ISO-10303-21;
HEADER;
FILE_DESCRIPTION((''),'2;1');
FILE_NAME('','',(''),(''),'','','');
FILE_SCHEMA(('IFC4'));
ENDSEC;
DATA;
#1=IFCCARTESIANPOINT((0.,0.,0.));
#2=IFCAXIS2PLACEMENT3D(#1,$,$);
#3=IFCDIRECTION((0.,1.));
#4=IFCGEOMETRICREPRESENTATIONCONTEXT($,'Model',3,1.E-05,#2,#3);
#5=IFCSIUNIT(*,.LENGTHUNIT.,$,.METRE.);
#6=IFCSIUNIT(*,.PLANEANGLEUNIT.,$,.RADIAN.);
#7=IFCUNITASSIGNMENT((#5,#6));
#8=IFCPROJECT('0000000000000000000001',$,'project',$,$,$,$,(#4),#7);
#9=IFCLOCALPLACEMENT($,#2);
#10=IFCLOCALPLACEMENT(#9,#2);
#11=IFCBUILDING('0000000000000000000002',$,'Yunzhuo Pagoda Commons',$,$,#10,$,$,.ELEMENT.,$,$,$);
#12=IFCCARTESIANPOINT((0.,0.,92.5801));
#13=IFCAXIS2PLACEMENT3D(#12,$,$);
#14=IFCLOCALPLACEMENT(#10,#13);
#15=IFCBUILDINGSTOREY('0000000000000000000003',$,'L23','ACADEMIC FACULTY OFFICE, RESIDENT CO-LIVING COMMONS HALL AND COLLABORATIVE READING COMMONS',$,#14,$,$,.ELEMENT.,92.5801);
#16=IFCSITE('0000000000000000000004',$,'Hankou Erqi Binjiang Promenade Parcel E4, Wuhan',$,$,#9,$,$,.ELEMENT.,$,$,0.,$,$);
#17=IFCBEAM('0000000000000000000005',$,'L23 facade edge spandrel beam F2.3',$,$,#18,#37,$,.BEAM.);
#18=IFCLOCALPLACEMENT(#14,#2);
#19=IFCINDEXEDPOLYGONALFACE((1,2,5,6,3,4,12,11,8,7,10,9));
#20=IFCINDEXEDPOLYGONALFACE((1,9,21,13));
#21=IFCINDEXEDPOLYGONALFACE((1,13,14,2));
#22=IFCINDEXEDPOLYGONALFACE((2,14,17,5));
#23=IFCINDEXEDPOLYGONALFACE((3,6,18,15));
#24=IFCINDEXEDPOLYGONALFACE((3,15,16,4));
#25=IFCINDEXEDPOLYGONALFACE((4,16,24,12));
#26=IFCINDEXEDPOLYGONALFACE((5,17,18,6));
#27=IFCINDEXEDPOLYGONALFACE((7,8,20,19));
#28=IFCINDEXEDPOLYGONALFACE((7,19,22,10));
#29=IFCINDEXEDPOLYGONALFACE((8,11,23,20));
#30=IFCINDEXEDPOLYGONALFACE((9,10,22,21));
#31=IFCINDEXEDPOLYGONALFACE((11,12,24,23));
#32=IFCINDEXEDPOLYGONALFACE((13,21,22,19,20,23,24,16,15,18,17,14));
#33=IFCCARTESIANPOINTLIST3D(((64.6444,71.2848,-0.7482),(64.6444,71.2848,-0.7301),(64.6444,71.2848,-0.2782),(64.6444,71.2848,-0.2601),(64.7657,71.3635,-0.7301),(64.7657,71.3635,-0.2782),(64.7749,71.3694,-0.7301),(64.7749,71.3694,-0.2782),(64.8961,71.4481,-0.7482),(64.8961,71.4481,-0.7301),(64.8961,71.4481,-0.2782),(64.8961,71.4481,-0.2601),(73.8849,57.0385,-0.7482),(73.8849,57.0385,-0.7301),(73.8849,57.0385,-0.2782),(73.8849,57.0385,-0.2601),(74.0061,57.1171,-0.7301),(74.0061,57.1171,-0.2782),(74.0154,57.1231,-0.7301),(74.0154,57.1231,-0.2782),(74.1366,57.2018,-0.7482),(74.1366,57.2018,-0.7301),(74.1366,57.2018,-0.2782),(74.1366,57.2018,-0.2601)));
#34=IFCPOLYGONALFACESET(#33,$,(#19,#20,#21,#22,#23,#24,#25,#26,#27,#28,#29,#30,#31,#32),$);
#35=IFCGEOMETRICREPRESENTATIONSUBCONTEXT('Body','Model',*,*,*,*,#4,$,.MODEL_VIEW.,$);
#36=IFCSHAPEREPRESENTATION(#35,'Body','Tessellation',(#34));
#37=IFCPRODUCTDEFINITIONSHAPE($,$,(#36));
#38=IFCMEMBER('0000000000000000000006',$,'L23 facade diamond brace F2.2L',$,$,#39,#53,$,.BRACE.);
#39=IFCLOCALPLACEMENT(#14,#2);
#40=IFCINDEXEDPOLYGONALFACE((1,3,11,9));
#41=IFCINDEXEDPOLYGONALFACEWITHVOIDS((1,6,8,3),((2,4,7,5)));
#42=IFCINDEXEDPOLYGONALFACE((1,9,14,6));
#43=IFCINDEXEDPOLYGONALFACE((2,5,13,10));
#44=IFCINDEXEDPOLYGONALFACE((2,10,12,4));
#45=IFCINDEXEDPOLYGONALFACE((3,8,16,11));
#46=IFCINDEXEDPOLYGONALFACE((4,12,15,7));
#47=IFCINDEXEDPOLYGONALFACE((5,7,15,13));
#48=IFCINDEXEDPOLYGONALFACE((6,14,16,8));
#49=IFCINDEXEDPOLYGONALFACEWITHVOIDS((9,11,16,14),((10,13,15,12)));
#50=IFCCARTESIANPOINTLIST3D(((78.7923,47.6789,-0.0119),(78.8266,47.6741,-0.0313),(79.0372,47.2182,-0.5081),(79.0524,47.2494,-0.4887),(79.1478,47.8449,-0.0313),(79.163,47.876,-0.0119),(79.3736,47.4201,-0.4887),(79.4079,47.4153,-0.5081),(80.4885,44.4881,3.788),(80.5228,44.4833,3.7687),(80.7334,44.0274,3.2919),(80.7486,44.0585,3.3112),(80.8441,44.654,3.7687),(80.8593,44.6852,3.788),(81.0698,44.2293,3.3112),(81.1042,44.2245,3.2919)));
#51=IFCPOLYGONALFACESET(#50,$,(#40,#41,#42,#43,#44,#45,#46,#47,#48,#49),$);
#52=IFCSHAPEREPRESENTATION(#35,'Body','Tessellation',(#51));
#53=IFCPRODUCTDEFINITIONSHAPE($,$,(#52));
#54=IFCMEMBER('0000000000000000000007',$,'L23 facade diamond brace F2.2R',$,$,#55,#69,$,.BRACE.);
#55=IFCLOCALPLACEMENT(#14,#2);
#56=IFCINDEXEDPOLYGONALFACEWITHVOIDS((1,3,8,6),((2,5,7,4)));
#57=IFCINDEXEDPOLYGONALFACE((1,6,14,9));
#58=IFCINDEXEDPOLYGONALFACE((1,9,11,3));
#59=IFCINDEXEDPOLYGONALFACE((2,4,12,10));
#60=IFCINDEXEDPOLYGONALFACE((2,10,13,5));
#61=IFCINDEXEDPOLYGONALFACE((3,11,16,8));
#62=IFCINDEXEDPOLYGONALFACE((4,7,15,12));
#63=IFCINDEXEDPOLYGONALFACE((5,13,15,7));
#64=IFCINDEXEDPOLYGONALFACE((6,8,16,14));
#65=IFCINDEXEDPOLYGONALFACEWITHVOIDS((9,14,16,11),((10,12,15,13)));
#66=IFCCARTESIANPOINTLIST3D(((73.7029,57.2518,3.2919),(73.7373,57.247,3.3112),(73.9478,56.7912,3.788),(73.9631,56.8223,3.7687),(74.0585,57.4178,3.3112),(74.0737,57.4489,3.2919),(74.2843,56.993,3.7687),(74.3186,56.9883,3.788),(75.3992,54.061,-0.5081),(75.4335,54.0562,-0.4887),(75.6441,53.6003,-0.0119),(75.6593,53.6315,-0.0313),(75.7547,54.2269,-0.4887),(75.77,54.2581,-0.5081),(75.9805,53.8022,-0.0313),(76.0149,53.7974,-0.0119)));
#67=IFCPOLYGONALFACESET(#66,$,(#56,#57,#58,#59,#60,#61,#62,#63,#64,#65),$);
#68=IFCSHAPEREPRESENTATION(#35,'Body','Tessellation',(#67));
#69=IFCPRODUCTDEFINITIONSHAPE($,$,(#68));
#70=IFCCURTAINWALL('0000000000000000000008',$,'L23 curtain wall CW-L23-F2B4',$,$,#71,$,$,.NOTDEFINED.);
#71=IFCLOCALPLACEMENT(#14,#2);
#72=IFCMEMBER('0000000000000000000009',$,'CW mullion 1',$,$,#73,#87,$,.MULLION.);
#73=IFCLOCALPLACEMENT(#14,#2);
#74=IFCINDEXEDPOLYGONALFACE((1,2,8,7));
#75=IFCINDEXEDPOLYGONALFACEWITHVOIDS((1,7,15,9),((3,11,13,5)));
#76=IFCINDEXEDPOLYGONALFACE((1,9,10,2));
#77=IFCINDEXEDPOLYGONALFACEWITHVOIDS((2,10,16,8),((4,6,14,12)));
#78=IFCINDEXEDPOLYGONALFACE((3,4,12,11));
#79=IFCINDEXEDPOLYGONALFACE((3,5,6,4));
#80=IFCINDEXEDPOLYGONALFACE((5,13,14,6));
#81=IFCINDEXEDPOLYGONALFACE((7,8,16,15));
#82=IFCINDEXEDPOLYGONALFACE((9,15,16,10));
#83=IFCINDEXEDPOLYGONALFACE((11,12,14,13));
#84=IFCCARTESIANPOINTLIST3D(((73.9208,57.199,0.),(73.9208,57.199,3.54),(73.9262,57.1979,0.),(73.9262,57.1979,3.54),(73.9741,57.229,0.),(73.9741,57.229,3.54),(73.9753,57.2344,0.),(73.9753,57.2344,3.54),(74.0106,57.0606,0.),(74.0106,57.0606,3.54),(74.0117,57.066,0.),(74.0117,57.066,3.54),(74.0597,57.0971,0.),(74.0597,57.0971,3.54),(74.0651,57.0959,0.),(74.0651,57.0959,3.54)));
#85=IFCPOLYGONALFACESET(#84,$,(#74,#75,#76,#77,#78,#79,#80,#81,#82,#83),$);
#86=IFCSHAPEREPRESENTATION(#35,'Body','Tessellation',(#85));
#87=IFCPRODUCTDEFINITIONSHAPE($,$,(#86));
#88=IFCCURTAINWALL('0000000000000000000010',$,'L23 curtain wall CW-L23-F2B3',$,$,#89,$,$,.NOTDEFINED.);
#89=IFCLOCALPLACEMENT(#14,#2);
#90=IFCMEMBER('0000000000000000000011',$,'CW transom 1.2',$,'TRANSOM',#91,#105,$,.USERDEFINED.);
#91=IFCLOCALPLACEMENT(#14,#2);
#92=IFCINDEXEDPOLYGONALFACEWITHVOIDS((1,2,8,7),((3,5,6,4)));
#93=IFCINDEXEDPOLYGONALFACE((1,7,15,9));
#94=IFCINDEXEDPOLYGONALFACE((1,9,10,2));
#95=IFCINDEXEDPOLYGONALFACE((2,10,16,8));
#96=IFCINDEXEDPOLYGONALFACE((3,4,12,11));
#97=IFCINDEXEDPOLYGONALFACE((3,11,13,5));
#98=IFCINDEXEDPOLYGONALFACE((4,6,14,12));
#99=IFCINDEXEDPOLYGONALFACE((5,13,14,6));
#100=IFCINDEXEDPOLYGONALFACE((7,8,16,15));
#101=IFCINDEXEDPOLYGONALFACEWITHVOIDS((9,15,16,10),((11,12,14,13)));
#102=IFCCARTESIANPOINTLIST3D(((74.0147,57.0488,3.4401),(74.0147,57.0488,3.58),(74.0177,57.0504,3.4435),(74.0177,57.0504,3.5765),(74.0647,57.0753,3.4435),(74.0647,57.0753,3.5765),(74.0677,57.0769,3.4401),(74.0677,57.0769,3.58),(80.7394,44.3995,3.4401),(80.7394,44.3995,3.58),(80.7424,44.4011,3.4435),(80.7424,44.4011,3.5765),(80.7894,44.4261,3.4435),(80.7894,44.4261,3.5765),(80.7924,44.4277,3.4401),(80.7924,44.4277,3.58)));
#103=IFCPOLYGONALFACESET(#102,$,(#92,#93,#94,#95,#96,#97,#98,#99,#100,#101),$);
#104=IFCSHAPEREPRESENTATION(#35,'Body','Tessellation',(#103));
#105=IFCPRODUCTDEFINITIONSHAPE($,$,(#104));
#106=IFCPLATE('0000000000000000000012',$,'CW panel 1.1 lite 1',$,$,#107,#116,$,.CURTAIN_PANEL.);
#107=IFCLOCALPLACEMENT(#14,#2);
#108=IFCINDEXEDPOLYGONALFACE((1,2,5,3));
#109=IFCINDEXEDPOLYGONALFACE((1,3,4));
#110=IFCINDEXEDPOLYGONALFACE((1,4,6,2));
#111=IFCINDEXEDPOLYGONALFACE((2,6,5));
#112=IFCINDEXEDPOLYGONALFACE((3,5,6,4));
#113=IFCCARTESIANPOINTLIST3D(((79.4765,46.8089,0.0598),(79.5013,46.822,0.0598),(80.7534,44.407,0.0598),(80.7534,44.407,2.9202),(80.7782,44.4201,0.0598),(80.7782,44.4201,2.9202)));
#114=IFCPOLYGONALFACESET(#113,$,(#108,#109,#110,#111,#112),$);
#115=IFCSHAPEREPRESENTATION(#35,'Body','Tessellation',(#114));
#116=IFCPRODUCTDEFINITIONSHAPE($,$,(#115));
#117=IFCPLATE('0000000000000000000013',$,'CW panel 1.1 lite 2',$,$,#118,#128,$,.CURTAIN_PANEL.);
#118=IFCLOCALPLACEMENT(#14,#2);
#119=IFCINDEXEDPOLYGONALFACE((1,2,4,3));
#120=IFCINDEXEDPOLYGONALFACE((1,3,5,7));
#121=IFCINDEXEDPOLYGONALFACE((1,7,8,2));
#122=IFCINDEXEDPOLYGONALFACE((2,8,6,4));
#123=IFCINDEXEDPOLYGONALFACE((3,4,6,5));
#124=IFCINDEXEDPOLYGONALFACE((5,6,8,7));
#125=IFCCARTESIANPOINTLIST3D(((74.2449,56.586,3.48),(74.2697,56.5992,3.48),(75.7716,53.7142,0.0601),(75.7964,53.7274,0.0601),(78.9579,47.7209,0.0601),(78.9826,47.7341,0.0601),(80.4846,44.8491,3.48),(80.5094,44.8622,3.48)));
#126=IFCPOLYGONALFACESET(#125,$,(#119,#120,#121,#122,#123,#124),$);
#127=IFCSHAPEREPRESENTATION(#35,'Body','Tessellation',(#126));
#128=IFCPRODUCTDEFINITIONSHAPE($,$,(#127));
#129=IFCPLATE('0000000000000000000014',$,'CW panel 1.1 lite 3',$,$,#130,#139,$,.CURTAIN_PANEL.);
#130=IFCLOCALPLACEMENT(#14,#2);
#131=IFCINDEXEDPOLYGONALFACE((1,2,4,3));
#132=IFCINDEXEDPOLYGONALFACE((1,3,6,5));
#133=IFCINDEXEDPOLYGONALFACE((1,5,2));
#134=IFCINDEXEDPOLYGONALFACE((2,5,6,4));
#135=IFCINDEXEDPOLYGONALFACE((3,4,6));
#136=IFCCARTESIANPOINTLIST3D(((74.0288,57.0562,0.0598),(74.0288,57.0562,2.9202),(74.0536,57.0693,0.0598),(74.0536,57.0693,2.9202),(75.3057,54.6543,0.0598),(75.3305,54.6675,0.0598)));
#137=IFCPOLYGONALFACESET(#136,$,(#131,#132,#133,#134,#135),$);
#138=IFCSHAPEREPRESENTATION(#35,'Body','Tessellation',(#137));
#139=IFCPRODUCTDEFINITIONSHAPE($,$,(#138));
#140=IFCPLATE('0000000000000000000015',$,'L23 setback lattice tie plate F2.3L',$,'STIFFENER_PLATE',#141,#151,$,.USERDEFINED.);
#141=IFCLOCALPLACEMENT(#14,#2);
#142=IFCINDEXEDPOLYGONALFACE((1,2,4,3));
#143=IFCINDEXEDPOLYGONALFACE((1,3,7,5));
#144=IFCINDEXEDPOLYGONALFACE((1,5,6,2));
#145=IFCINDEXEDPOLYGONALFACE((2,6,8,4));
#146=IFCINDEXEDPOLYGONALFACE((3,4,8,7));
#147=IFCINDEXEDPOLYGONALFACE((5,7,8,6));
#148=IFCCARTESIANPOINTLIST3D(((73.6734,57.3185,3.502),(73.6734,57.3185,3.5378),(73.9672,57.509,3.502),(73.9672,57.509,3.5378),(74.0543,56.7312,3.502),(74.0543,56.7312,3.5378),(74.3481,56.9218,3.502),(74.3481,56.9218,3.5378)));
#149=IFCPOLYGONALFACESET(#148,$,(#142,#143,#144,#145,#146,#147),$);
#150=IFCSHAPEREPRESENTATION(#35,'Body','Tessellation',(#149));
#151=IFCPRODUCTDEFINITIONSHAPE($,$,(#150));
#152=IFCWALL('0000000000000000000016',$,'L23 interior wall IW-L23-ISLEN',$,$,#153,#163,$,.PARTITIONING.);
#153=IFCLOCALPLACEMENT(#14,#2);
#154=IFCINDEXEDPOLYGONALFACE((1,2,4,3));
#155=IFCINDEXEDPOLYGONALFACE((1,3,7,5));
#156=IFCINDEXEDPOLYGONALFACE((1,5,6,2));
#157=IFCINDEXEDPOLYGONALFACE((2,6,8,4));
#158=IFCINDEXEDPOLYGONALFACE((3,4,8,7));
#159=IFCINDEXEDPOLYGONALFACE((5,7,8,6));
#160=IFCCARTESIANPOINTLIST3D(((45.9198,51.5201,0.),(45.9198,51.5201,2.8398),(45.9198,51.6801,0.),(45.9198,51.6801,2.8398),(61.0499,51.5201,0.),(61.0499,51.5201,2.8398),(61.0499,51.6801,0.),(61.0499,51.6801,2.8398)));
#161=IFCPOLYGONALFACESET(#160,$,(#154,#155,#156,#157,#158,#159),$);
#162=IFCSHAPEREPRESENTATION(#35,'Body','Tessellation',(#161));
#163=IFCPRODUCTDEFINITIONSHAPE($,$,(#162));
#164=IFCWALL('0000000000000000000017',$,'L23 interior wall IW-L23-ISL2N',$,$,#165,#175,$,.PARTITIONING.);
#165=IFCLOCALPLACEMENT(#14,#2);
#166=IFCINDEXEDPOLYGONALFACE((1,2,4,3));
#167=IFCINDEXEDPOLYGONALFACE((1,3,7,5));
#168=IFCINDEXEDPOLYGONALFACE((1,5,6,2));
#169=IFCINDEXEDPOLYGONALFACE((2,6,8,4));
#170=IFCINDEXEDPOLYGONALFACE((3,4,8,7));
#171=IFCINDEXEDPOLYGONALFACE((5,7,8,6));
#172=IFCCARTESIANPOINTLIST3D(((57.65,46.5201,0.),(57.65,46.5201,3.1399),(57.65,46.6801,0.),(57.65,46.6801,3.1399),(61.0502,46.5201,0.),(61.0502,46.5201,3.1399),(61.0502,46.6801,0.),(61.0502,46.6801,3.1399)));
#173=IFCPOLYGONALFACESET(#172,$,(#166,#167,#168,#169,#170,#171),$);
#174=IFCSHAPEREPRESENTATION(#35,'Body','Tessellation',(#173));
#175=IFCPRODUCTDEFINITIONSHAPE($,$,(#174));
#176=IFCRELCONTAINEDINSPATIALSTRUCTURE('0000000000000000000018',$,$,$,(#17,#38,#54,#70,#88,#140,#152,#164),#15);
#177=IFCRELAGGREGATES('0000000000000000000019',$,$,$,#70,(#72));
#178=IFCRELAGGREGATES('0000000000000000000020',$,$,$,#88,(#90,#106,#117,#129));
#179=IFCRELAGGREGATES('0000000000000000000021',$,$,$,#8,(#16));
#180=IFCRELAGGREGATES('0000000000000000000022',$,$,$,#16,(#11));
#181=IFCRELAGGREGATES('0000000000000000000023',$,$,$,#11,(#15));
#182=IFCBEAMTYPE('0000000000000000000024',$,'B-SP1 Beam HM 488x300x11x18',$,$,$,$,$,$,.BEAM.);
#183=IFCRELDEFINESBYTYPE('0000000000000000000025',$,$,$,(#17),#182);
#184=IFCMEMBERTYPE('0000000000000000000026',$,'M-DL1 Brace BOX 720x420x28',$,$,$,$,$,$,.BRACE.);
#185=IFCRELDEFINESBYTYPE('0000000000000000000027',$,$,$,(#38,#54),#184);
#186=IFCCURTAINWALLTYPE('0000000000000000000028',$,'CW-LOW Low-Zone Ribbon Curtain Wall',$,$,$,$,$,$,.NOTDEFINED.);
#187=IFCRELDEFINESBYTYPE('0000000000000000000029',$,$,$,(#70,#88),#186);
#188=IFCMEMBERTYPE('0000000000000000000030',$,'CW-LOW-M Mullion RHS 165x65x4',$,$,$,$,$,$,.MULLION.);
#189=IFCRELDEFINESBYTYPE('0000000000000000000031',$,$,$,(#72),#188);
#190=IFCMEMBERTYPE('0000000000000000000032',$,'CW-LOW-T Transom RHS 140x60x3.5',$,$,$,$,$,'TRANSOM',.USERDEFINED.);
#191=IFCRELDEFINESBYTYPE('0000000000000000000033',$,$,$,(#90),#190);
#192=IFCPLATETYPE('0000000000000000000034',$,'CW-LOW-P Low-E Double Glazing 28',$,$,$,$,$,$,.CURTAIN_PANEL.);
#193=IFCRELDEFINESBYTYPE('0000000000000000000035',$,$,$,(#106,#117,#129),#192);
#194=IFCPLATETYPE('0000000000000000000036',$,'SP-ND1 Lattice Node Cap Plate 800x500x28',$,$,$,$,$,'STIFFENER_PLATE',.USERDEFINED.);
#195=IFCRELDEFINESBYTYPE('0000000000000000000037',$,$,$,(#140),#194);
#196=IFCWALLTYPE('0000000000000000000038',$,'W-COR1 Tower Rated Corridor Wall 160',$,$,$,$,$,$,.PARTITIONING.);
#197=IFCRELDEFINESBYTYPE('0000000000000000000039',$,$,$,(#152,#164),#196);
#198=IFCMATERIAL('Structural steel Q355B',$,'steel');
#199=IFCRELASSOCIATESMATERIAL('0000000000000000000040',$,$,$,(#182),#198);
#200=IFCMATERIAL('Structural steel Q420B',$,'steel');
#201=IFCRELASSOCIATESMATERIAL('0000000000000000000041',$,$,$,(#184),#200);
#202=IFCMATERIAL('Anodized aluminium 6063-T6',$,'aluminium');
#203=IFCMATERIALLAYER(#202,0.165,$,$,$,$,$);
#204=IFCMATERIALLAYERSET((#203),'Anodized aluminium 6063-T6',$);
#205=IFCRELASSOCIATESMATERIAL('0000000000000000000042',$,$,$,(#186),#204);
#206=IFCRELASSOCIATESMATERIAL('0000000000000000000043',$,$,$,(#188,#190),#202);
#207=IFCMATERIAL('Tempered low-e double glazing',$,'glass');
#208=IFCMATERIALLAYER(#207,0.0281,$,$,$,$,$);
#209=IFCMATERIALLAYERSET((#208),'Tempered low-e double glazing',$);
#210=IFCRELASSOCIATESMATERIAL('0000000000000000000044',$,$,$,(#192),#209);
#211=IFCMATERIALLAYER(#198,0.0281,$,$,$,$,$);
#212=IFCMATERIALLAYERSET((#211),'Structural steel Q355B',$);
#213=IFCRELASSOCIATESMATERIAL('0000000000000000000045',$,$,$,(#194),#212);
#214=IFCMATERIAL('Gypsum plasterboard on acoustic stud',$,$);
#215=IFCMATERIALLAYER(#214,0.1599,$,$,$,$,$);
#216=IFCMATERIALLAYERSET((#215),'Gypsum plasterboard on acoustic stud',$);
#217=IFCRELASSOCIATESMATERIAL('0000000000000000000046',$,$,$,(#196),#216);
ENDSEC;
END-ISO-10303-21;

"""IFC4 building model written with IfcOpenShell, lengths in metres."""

from ifc_helpers import new_model, si_unit, direction, frame, frame_2d, origin, origin_2d, place, context, subcontext, project, spatial, polyline, rectangle, hollow_rectangle, i_section, outline, extrude, source, transform, mapped, material, layer, layer_set, material_profile, profile_set, type_object, element, aggregate, save


model = new_model("IFC4")

# Units and contexts
model_context = context("Model", 3, precision=1e-05, world=origin(), true_north=direction((0.0, 1.0)))
body_context = subcontext(model_context, "Body", "Model", "MODEL_VIEW")
ifc_project = project(units=[si_unit("LENGTHUNIT", "METRE"), si_unit("PLANEANGLEUNIT", "RADIAN")], contexts=[model_context])

# Site, building, storey
site_placement = place(None, origin())
site = spatial("IfcSite", under=ifc_project, at=site_placement, Name="Hankou Erqi Binjiang Promenade Parcel E4, Wuhan", CompositionType="ELEMENT", RefElevation=0.0)
building_placement = place(site_placement, origin())
building = spatial("IfcBuilding", under=site, at=building_placement, Name="Yunzhuo Pagoda Commons", CompositionType="ELEMENT")
storey_placement = place(building_placement, frame((0.0, 0.0, 92.5801)))
storey = spatial("IfcBuildingStorey", under=building, at=storey_placement, Name="L23", Description="ACADEMIC FACULTY OFFICE, RESIDENT CO-LIVING COMMONS HALL AND COLLABORATIVE READING COMMONS", CompositionType="ELEMENT", Elevation=92.5801)

# Shared definitions
ifc_material_1 = material(Name="Structural steel Q420B", Category="steel")

# Beam
ifc_material_2 = material(Name="Structural steel Q355B", Category="steel")
ifc_material_profile_1 = material_profile(ifc_material_2, i_section(OverallWidth=0.3, OverallDepth=0.488, WebThickness=0.011, FlangeThickness=0.0181, at=origin_2d()), Name="Structural steel Q355B")
ifc_profile_set_1 = profile_set([ifc_material_profile_1], Name="Structural steel Q355B")
beam_type_1 = type_object("IfcBeamType", Name="B-SP1 Beam HM 488x300x11x18", PredefinedType="BEAM", material=ifc_profile_set_1)
shared_shape_1 = source(origin(), body_context, "Body", "SweptSolid", [
    extrude(i_section(OverallWidth=0.3, OverallDepth=0.488, WebThickness=0.011, FlangeThickness=0.0181, at=origin_2d()), origin(), (0.0, 0.0, 1.0), 16.9807),
])
beam_1_placement = place(storey_placement, frame((74.0107, 57.1201, -0.5042), z_axis=(-0.544175, 0.838972, 0.0), x_axis=(-0.838972, -0.544175, 0.0)))
element("IfcBeam", 1, at=beam_1_placement, inside=storey, type_object=beam_type_1, Name="L23 facade edge spandrel beam F2.3", PredefinedType="BEAM", context=body_context, shape_type="MappedRepresentation", body=[
    mapped(shared_shape_1, transform((0.0, 0.0, 0.0), scale=1.0)),
])

# Members
ifc_material_profile_2 = material_profile(ifc_material_1, hollow_rectangle(XDim=0.4199, YDim=0.72, WallThickness=0.0281, at=origin_2d()), Name="Structural steel Q420B")
ifc_profile_set_2 = profile_set([ifc_material_profile_2], Name="Structural steel Q420B")
member_type_1 = type_object("IfcMemberType", Name="M-DL1 Brace BOX 720x420x28", PredefinedType="BRACE", material=ifc_profile_set_2)
shared_shape_2 = source(origin(), body_context, "Body", "SweptSolid", [
    extrude(hollow_rectangle(XDim=0.4199, YDim=0.72, WallThickness=0.0281, at=origin_2d()), origin(), (0.0, 0.0, 1.0), 5.2439),
])
for number, where, z_axis, x_axis, name in (
    (2, (79.1001, 47.5471, -0.26), (0.323471, -0.608487, 0.724645), (0.882988, 0.469396, 0.0), "L23 facade diamond brace F2.2L"),
    (3, (75.707, 53.9292, -0.26), (-0.323471, 0.608487, 0.724645), (-0.882988, -0.469396, 0.0), "L23 facade diamond brace F2.2R"),
):
    element("IfcMember", number, at=place(storey_placement, frame(where, z_axis=z_axis, x_axis=x_axis)), inside=storey, type_object=member_type_1, Name=name, PredefinedType="BRACE", context=body_context, shape_type="MappedRepresentation", body=[
        mapped(shared_shape_2, transform((0.0, 0.0, 0.0), scale=1.0)),
    ])

# Curtain wall, member
ifc_material_3 = material(Name="Anodized aluminium 6063-T6", Category="aluminium")
ifc_layer_1 = layer(ifc_material_3, 0.165)
ifc_layer_set_1 = layer_set([ifc_layer_1], Name="Anodized aluminium 6063-T6")
curtain_wall_type = type_object("IfcCurtainWallType", Name="CW-LOW Low-Zone Ribbon Curtain Wall", PredefinedType="NOTDEFINED", material=ifc_layer_set_1)
curtain_wall_1_placement = place(storey_placement, origin())
curtain_wall_1 = element("IfcCurtainWall", 4, at=curtain_wall_1_placement, inside=storey, type_object=curtain_wall_type, Name="L23 curtain wall CW-L23-F2B4", PredefinedType="NOTDEFINED")
ifc_material_profile_3 = material_profile(ifc_material_3, hollow_rectangle(XDim=0.0649, YDim=0.165, WallThickness=0.0039, at=origin_2d()), Name="Anodized aluminium 6063-T6")
ifc_profile_set_3 = profile_set([ifc_material_profile_3], Name="Anodized aluminium 6063-T6")
member_type_2 = type_object("IfcMemberType", Name="CW-LOW-M Mullion RHS 165x65x4", PredefinedType="MULLION", material=ifc_profile_set_3)
shared_shape_3 = source(origin(), body_context, "Body", "SweptSolid", [
    extrude(hollow_rectangle(XDim=0.0649, YDim=0.165, WallThickness=0.0039, at=origin_2d()), origin(), (0.0, 0.0, 1.0), 3.54),
])
member_1_placement = place(storey_placement, frame((73.9929, 57.1475, 0.0), z_axis=(0.0, 0.0, 1.0), x_axis=(-0.838972, -0.544174, 0.0)))
member_1 = element("IfcMember", 5, at=member_1_placement, type_object=member_type_2, Name="CW mullion 1", PredefinedType="MULLION", context=body_context, shape_type="MappedRepresentation", body=[
    mapped(shared_shape_3, transform((0.0, 0.0, 0.0), scale=1.0)),
])
aggregate(curtain_wall_1, [member_1])

# Curtain wall, member, plates
curtain_wall_2_placement = place(storey_placement, origin())
curtain_wall_2 = element("IfcCurtainWall", 6, at=curtain_wall_2_placement, inside=storey, type_object=curtain_wall_type, Name="L23 curtain wall CW-L23-F2B3", PredefinedType="NOTDEFINED")
ifc_material_profile_4 = material_profile(ifc_material_3, hollow_rectangle(XDim=0.0601, YDim=0.1399, WallThickness=0.0034, at=origin_2d()), Name="Anodized aluminium 6063-T6")
ifc_profile_set_4 = profile_set([ifc_material_profile_4], Name="Anodized aluminium 6063-T6")
member_type_3 = type_object("IfcMemberType", Name="CW-LOW-T Transom RHS 140x60x3.5", ElementType="TRANSOM", PredefinedType="USERDEFINED", material=ifc_profile_set_4)
shared_shape_4 = source(origin(), body_context, "Body", "SweptSolid", [
    extrude(hollow_rectangle(XDim=0.0601, YDim=0.1399, WallThickness=0.0034, at=origin_2d()), origin(), (0.0, 0.0, 1.0), 14.3257),
])
member_2_placement = place(storey_placement, frame((80.7659, 44.4136, 3.51), z_axis=(-0.469413, 0.882979, 0.0), x_axis=(-0.882979, -0.469413, 0.0)))
member_2 = element("IfcMember", 7, at=member_2_placement, type_object=member_type_3, Name="CW transom 1.2", ObjectType="TRANSOM", PredefinedType="USERDEFINED", context=body_context, shape_type="MappedRepresentation", body=[
    mapped(shared_shape_4, transform((0.0, 0.0, 0.0), scale=1.0)),
])
ifc_material_4 = material(Name="Tempered low-e double glazing", Category="glass")
ifc_layer_2 = layer(ifc_material_4, 0.0281)
ifc_layer_set_2 = layer_set([ifc_layer_2], Name="Tempered low-e double glazing")
plate_type_1 = type_object("IfcPlateType", Name="CW-LOW-P Low-E Double Glazing 28", PredefinedType="CURTAIN_PANEL", material=ifc_layer_set_2)
plate_1_placement = place(storey_placement, frame((80.115, 45.6079, 1.49), z_axis=(0.882976, 0.469418, 0.0), x_axis=(-0.469418, 0.882976, 0.0)))
plate_1 = element("IfcPlate", 8, at=plate_1_placement, type_object=plate_type_1, Name="CW panel 1.1 lite 1", PredefinedType="CURTAIN_PANEL", context=body_context, shape_type="SweptSolid", body=[
    extrude(outline(polyline([(-1.3601, -1.4302), (1.3601, -1.4302), (-1.3601, 1.4302), (-1.3601, -1.4302)])), origin(), (0.0, 0.0, 1.0), 0.0281),
])
plate_2_placement = place(storey_placement, frame((77.3647, 50.7175, 1.77), z_axis=(0.882976, 0.469418, 0.0), x_axis=(-0.469418, 0.882976, 0.0)))
plate_2 = element("IfcPlate", 9, at=plate_2_placement, type_object=plate_type_1, Name="CW panel 1.1 lite 2", PredefinedType="CURTAIN_PANEL", context=body_context, shape_type="SweptSolid", body=[
    extrude(outline(polyline([(-6.6462, 1.71), (-3.3938, -1.71), (3.3938, -1.71), (6.6462, 1.71), (-6.6462, 1.71)])), origin(), (0.0, 0.0, 1.0), 0.0281),
])
plate_3_placement = place(storey_placement, frame((74.6672, 55.8552, 1.49), z_axis=(0.882976, 0.469418, 0.0), x_axis=(-0.469418, 0.882976, 0.0)))
plate_3 = element("IfcPlate", 10, at=plate_3_placement, type_object=plate_type_1, Name="CW panel 1.1 lite 3", PredefinedType="CURTAIN_PANEL", context=body_context, shape_type="SweptSolid", body=[
    extrude(outline(polyline([(-1.3601, -1.4302), (1.3601, -1.4302), (1.3601, 1.4302), (-1.3601, -1.4302)])), origin(), (0.0, 0.0, 1.0), 0.0281),
])
aggregate(curtain_wall_2, [member_2, plate_1, plate_2, plate_3])

# Plate
ifc_layer_3 = layer(ifc_material_2, 0.0281)
ifc_layer_set_3 = layer_set([ifc_layer_3], Name="Structural steel Q355B")
plate_type_2 = type_object("IfcPlateType", Name="SP-ND1 Lattice Node Cap Plate 800x500x28", ElementType="STIFFENER_PLATE", PredefinedType="USERDEFINED", material=ifc_layer_set_3)
shared_shape_5 = source(origin(), body_context, "Body", "SweptSolid", [
    extrude(rectangle(XDim=0.7, YDim=0.3501, at=origin_2d()), origin(), (0.0, 0.0, 1.0), 0.0359),
])
plate_4_placement = place(storey_placement, frame((74.0107, 57.1201, 3.502), z_axis=(0.0, 0.0, 1.0), x_axis=(-0.544171, 0.838975, 0.0)))
element("IfcPlate", 11, at=plate_4_placement, inside=storey, type_object=plate_type_2, Name="L23 setback lattice tie plate F2.3L", ObjectType="STIFFENER_PLATE", PredefinedType="USERDEFINED", context=body_context, shape_type="MappedRepresentation", body=[
    mapped(shared_shape_5, transform((0.0, 0.0, 0.0), scale=1.0)),
])

# Walls
ifc_material_5 = material(Name="Gypsum plasterboard on acoustic stud")
ifc_layer_4 = layer(ifc_material_5, 0.1599)
ifc_layer_set_4 = layer_set([ifc_layer_4], Name="Gypsum plasterboard on acoustic stud")
wall_type_1 = type_object("IfcWallType", Name="W-COR1 Tower Rated Corridor Wall 160", PredefinedType="PARTITIONING", material=ifc_layer_set_4)
wall_1_placement = place(storey_placement, frame((45.9199, 51.6001, 0.0), z_axis=(0.0, 0.0, 1.0), x_axis=(1.0, 0.0, 0.0)))
element("IfcWall", 12, at=wall_1_placement, inside=storey, type_object=wall_type_1, Name="L23 interior wall IW-L23-ISLEN", PredefinedType="PARTITIONING", context=body_context, shape_type="SweptSolid", body=[
    extrude(rectangle(XDim=15.1301, YDim=0.1599, at=frame_2d((7.5649, 0.0))), origin(), (0.0, 0.0, 1.0), 2.8398),
])
wall_2_placement = place(storey_placement, frame((57.6499, 46.6001, 0.0), z_axis=(0.0, 0.0, 1.0), x_axis=(1.0, 0.0, 0.0)))
element("IfcWall", 13, at=wall_2_placement, inside=storey, type_object=wall_type_1, Name="L23 interior wall IW-L23-ISL2N", PredefinedType="PARTITIONING", context=body_context, shape_type="SweptSolid", body=[
    extrude(rectangle(XDim=3.4001, YDim=0.1599, at=frame_2d((1.7002, 0.0))), origin(), (0.0, 0.0, 1.0), 3.1399),
])

save(model, "model.ifc")
